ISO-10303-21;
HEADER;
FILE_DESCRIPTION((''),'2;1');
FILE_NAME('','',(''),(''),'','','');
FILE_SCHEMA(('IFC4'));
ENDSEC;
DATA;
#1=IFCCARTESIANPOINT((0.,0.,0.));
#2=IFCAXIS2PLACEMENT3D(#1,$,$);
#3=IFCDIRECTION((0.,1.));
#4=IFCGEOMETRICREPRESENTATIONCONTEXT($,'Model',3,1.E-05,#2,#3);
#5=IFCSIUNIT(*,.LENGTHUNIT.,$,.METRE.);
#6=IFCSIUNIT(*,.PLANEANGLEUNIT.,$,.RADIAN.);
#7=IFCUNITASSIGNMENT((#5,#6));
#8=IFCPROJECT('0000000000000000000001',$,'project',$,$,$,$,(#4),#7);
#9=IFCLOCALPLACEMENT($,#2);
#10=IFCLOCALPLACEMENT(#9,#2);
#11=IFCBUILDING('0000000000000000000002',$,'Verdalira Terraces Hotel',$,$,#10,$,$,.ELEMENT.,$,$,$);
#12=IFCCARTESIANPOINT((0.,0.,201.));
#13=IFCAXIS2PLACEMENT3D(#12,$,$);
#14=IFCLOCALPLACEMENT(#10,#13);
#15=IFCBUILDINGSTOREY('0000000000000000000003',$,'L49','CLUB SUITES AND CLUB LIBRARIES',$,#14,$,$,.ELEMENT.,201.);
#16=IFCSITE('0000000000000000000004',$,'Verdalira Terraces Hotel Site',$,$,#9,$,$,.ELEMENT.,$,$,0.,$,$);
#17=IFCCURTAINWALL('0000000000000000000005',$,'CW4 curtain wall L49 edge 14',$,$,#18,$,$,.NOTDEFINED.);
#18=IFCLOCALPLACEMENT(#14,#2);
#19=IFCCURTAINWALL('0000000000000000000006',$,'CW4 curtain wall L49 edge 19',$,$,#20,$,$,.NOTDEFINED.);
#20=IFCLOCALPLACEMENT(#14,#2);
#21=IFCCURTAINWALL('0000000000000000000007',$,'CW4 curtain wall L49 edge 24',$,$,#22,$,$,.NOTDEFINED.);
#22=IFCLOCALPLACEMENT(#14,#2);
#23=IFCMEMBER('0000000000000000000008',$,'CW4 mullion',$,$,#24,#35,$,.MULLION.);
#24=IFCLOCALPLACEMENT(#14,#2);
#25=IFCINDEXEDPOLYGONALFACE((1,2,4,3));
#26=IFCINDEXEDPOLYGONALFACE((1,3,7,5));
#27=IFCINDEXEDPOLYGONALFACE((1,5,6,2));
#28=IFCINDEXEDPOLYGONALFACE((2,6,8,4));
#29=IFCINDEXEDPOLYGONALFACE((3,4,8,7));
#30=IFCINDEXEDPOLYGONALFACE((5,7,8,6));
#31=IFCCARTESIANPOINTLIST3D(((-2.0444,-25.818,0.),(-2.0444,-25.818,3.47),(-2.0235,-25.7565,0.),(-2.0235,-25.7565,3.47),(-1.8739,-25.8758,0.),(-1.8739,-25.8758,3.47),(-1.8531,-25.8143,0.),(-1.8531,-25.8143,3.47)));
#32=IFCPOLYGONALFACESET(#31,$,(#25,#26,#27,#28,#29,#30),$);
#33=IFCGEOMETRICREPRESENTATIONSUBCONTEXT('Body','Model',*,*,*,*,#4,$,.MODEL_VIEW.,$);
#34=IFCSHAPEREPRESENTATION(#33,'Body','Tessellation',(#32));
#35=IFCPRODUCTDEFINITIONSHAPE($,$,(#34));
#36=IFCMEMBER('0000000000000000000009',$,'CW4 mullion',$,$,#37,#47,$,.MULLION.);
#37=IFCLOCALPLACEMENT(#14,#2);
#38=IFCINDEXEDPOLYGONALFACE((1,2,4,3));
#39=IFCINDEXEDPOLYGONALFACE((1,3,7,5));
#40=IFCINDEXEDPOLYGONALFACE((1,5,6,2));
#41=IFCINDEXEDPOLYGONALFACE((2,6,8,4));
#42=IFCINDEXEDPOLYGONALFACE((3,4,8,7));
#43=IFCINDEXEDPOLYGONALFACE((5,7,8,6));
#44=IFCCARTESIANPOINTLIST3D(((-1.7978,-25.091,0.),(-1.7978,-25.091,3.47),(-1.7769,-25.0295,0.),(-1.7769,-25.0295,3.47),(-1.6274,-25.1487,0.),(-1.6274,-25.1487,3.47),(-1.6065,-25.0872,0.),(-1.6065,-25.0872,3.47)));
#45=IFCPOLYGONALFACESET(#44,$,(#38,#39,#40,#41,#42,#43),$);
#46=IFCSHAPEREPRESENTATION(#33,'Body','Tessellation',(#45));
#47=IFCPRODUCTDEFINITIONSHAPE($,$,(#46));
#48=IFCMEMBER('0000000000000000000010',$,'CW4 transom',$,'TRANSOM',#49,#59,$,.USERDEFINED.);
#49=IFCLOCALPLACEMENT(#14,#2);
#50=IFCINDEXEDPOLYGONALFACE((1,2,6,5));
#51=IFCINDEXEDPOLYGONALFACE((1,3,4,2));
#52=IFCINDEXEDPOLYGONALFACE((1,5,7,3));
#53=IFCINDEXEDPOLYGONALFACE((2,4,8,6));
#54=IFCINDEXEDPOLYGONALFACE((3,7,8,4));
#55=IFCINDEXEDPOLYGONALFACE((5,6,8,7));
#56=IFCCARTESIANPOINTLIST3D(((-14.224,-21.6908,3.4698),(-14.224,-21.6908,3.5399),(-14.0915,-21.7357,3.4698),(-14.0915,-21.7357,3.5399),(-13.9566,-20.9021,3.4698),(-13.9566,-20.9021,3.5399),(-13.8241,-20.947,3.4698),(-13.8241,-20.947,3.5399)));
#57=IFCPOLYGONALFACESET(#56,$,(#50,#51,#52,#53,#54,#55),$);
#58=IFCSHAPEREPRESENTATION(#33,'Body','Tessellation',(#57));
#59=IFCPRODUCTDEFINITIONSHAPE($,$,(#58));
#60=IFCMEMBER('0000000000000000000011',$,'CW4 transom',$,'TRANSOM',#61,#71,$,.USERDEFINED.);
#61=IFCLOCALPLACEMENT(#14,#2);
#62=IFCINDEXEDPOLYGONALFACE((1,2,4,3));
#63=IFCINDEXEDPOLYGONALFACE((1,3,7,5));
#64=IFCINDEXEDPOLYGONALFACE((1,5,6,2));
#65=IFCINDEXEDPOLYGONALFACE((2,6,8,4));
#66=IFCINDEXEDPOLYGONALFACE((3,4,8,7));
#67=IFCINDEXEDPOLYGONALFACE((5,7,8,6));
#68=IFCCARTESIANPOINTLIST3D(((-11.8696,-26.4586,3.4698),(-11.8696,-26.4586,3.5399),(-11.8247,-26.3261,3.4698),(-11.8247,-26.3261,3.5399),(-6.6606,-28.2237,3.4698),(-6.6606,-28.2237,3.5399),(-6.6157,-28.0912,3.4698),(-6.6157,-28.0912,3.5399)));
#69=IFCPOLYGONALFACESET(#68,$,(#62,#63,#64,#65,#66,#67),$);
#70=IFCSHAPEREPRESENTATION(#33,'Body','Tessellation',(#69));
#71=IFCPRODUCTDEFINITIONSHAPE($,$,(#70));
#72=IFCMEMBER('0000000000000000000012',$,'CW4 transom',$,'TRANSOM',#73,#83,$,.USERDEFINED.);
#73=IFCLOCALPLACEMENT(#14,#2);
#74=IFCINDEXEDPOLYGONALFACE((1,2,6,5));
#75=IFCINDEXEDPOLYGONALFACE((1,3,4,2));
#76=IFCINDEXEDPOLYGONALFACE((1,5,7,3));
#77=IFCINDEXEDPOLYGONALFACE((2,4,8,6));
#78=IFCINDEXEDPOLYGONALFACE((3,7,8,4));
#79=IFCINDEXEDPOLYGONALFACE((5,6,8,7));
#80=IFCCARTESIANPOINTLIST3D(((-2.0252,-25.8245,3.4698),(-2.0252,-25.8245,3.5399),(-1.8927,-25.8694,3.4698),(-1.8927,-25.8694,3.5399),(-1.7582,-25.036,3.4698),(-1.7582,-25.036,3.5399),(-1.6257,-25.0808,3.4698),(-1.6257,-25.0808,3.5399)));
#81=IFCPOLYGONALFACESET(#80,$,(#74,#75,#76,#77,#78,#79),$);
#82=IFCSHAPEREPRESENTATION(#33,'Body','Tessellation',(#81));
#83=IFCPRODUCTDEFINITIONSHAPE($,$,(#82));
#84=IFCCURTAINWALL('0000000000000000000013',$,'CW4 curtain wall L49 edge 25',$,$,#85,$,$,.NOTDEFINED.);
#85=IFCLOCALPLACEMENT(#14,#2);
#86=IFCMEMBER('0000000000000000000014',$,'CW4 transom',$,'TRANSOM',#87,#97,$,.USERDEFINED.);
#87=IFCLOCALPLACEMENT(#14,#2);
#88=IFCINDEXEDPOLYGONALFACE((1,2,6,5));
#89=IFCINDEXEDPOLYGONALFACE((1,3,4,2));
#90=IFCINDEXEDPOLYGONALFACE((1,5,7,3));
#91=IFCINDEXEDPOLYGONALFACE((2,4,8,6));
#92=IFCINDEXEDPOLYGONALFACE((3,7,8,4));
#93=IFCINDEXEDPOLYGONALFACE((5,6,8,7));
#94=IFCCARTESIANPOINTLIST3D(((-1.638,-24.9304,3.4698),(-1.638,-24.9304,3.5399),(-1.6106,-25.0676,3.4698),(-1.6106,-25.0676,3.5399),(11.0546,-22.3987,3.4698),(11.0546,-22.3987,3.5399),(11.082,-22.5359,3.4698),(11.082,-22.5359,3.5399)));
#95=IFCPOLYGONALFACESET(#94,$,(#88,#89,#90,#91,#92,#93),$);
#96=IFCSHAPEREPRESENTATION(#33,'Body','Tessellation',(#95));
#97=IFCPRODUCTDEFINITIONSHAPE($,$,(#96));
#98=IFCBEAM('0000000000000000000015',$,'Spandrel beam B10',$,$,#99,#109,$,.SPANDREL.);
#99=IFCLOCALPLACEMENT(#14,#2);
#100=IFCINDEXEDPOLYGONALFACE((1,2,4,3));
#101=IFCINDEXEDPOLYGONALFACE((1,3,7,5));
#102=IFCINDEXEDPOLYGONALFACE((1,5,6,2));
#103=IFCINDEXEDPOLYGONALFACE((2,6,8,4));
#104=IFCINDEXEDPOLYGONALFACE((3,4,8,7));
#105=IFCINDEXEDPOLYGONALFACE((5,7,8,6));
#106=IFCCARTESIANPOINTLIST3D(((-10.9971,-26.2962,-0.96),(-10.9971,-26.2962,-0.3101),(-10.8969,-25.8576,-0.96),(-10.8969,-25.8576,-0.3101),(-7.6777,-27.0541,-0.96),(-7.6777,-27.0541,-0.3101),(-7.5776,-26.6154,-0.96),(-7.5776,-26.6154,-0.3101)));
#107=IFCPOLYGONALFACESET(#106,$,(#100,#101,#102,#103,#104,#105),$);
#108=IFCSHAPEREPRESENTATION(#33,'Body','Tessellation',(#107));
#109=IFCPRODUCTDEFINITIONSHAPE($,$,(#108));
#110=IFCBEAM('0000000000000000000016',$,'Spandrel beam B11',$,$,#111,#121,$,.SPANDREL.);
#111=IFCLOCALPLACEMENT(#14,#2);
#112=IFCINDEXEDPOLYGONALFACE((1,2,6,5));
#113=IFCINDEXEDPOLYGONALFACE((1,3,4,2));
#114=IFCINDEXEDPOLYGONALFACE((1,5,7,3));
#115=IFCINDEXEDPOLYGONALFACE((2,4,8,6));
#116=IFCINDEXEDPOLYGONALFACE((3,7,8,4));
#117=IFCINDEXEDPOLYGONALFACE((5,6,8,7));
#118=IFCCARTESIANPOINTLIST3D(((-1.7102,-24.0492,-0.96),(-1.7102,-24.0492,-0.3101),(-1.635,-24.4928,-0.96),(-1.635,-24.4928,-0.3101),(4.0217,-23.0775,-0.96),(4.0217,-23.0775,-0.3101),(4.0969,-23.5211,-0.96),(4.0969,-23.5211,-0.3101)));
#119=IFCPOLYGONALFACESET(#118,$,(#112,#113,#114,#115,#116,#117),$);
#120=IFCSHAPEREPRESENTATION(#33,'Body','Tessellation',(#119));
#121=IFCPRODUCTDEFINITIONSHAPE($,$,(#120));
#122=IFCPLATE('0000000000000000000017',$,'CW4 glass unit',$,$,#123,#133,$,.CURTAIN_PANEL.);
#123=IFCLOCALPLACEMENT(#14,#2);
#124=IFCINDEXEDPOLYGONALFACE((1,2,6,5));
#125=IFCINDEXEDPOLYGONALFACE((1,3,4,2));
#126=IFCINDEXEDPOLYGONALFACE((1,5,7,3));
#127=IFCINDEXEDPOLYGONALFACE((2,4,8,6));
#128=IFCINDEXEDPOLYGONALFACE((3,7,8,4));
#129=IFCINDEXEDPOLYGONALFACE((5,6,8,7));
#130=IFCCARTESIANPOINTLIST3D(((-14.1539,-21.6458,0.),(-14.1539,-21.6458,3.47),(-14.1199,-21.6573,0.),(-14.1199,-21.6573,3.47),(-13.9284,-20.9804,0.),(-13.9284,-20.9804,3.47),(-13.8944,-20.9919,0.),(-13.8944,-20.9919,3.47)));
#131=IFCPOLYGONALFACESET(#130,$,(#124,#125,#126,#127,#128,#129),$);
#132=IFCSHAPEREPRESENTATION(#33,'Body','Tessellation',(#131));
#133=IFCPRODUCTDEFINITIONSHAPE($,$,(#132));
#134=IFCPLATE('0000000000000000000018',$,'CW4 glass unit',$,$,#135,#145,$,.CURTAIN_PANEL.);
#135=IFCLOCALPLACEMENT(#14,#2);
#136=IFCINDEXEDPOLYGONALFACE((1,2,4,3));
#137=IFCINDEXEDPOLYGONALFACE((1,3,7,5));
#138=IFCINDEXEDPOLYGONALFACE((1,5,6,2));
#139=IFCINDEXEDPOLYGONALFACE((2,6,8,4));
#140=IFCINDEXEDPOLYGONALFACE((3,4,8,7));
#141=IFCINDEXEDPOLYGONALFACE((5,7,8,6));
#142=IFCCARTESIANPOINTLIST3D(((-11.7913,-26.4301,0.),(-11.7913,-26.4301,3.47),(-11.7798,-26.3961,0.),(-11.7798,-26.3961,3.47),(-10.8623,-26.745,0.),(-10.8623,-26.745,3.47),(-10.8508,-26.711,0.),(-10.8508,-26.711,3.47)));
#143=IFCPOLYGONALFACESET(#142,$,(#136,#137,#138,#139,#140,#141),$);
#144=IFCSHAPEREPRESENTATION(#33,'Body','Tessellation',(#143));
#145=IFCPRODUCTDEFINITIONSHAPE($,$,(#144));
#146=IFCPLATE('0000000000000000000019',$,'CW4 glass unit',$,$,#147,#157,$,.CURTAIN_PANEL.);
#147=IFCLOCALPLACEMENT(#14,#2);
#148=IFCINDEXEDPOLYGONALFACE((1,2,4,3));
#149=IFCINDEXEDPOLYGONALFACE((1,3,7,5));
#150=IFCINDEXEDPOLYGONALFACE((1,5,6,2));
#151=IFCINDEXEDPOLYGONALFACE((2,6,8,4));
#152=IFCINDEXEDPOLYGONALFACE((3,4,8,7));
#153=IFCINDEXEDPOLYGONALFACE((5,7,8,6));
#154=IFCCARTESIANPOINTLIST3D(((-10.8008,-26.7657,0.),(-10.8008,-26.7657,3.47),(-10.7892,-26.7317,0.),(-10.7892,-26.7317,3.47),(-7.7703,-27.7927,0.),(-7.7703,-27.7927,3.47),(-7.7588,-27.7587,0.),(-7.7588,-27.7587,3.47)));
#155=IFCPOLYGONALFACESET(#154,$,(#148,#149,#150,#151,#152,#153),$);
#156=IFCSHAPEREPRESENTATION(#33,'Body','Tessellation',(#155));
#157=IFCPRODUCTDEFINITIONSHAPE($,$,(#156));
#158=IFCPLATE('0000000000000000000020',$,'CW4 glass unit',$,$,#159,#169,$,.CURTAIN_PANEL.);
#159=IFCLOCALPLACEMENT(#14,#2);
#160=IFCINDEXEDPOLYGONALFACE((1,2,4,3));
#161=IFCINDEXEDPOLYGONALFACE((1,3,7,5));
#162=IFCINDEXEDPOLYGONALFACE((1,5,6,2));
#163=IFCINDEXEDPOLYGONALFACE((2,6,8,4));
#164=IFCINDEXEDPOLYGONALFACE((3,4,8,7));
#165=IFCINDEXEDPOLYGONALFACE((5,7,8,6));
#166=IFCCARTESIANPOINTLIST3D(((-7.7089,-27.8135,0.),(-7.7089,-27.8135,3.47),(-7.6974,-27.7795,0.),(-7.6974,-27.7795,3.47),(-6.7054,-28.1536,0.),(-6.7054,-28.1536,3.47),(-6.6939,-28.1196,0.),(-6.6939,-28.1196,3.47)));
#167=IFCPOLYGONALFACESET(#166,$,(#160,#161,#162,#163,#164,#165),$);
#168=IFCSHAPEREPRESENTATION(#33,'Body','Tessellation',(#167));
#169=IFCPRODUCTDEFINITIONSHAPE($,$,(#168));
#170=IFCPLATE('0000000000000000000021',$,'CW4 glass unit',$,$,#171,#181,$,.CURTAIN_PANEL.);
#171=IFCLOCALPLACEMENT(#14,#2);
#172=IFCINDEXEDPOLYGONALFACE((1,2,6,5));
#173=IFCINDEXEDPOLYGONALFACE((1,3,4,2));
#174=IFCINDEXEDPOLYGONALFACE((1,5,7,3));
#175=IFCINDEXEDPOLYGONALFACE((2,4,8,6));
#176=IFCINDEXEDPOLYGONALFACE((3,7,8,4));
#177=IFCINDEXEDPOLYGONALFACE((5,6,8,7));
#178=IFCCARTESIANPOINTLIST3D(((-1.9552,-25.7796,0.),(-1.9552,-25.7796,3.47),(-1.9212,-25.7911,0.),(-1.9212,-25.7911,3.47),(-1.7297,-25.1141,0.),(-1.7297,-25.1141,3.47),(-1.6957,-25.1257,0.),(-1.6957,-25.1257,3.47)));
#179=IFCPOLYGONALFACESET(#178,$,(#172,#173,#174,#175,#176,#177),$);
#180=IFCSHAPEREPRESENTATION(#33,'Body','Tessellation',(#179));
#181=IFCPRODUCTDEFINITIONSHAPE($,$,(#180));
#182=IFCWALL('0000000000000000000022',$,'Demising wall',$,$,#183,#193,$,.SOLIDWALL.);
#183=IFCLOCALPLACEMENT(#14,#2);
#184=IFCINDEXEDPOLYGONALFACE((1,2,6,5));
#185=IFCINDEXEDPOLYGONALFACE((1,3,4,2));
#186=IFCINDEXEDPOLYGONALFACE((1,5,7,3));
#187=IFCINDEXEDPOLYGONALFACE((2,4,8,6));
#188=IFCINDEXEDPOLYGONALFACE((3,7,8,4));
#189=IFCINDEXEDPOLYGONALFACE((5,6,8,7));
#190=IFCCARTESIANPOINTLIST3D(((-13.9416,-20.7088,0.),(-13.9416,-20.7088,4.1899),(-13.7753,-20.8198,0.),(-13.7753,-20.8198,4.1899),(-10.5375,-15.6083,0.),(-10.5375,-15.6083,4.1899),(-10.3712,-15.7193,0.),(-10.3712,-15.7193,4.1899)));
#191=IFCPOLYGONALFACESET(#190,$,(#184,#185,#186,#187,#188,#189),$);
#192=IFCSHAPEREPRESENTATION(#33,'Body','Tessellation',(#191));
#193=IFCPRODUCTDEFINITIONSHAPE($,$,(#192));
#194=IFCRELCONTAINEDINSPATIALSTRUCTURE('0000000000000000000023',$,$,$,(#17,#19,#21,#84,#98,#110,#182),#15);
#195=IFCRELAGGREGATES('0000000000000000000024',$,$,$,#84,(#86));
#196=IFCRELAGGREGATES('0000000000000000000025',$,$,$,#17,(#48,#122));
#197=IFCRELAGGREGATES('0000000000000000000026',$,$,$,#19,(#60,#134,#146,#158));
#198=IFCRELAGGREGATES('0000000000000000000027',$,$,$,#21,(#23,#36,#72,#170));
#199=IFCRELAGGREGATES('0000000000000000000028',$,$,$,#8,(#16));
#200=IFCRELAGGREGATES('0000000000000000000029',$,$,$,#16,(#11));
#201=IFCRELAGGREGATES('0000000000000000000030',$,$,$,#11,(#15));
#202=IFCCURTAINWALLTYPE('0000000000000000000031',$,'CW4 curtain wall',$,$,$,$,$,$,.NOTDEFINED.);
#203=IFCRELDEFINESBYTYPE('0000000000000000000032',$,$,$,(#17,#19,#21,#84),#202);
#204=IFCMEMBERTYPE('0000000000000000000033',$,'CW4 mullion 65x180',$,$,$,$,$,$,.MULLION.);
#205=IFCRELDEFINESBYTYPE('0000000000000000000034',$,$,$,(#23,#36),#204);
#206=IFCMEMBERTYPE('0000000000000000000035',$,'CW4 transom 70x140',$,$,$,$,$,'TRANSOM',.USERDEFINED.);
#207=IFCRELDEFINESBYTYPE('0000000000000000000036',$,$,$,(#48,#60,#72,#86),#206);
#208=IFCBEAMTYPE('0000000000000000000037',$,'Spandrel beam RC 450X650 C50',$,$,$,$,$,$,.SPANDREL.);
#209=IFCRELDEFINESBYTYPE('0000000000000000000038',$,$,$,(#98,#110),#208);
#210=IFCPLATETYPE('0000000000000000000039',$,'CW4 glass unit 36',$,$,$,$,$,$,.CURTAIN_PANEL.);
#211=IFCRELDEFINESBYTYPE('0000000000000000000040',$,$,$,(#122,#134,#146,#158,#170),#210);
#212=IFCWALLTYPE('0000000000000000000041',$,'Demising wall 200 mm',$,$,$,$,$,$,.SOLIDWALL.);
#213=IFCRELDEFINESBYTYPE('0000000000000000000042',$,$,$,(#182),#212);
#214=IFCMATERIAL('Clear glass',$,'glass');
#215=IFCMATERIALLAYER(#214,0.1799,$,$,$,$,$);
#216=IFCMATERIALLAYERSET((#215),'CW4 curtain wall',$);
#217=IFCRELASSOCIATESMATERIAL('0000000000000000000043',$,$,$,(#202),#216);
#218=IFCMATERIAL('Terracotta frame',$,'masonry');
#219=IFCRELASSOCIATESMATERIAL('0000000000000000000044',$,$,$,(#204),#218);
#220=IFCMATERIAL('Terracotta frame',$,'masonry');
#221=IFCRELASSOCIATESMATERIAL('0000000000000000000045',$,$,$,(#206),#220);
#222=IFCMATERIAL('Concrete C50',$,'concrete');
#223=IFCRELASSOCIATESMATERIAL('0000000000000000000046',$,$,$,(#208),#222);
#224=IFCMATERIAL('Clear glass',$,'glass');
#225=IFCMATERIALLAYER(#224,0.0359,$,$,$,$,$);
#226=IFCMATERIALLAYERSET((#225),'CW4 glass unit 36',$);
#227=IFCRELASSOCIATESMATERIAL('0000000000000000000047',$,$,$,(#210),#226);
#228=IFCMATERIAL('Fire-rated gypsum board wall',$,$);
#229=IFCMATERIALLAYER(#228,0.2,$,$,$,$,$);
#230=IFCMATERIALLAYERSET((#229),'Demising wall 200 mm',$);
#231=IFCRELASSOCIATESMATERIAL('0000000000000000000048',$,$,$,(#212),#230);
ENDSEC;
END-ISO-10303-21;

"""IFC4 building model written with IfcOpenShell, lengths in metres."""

from ifc_helpers import new_model, si_unit, direction, frame, frame_2d, origin, origin_2d, place, context, subcontext, project, spatial, rectangle, extrude, material, layer, layer_set, material_profile, profile_set, type_object, element, aggregate, save


model = new_model("IFC4")

# Units and contexts
model_context = context("Model", 3, precision=1e-05, world=origin(), true_north=direction((0.0, 1.0)))
body_context = subcontext(model_context, "Body", "Model", "MODEL_VIEW")
ifc_project = project(units=[si_unit("LENGTHUNIT", "METRE"), si_unit("PLANEANGLEUNIT", "RADIAN")], contexts=[model_context])

# Site, building, storey
site_placement = place(None, origin())
site = spatial("IfcSite", under=ifc_project, at=site_placement, Name="Verdalira Terraces Hotel Site", CompositionType="ELEMENT", RefElevation=0.0)
building_placement = place(site_placement, origin())
building = spatial("IfcBuilding", under=site, at=building_placement, Name="Verdalira Terraces Hotel", CompositionType="ELEMENT")
storey_placement = place(building_placement, frame((0.0, 0.0, 201.0)))
storey = spatial("IfcBuildingStorey", under=building, at=storey_placement, Name="L49", Description="CLUB SUITES AND CLUB LIBRARIES", CompositionType="ELEMENT", Elevation=201.0)

# Shared definitions
ifc_material_1 = material(Name="Clear glass", Category="glass")
ifc_layer_1 = layer(ifc_material_1, 0.1799)
ifc_layer_set_1 = layer_set([ifc_layer_1], Name="CW4 curtain wall")
curtain_wall_type = type_object("IfcCurtainWallType", Name="CW4 curtain wall", PredefinedType="NOTDEFINED", material=ifc_layer_set_1)
ifc_material_2 = material(Name="Terracotta frame", Category="masonry")
ifc_material_profile_1 = material_profile(ifc_material_2, rectangle(XDim=0.0649, YDim=0.1799, at=origin_2d()), Name="MU 65x180")
ifc_profile_set_1 = profile_set([ifc_material_profile_1], Name="Terracotta frame")
member_type_1 = type_object("IfcMemberType", Name="CW4 mullion 65x180", PredefinedType="MULLION", material=ifc_profile_set_1)

# Curtain walls, members
curtain_wall_1_placement = place(storey_placement, origin())
curtain_wall_1 = element("IfcCurtainWall", 1, at=curtain_wall_1_placement, inside=storey, type_object=curtain_wall_type, Name="CW4 curtain wall L49 edge 14", PredefinedType="NOTDEFINED")
curtain_wall_2_placement = place(storey_placement, origin())
curtain_wall_2 = element("IfcCurtainWall", 2, at=curtain_wall_2_placement, inside=storey, type_object=curtain_wall_type, Name="CW4 curtain wall L49 edge 19", PredefinedType="NOTDEFINED")
curtain_wall_3_placement = place(storey_placement, origin())
curtain_wall_3 = element("IfcCurtainWall", 3, at=curtain_wall_3_placement, inside=storey, type_object=curtain_wall_type, Name="CW4 curtain wall L49 edge 24", PredefinedType="NOTDEFINED")
member_1_placement = place(storey_placement, frame((-1.9487, -25.8162, 0.0), z_axis=(0.0, 0.0, 1.0), x_axis=(0.320944, 0.947098, 0.0)))
member_1 = element("IfcMember", 4, at=member_1_placement, type_object=member_type_1, Name="CW4 mullion", PredefinedType="MULLION", context=body_context, shape_type="SweptSolid", body=[
    extrude(rectangle(XDim=0.0649, YDim=0.1799, at=origin_2d()), origin(), (0.0, 0.0, 1.0), 3.47),
])
member_2_placement = place(storey_placement, frame((-1.7021, -25.0891, 0.0), z_axis=(0.0, 0.0, 1.0), x_axis=(0.320944, 0.947098, 0.0)))
member_2 = element("IfcMember", 5, at=member_2_placement, type_object=member_type_1, Name="CW4 mullion", PredefinedType="MULLION", context=body_context, shape_type="SweptSolid", body=[
    extrude(rectangle(XDim=0.0649, YDim=0.1799, at=origin_2d()), origin(), (0.0, 0.0, 1.0), 3.47),
])

# Members
ifc_material_3 = material(Name="Terracotta frame", Category="masonry")
ifc_material_profile_2 = material_profile(ifc_material_3, rectangle(XDim=0.1399, YDim=0.0701, at=origin_2d()), Name="TR 70x140")
ifc_profile_set_2 = profile_set([ifc_material_profile_2], Name="Terracotta frame")
member_type_2 = type_object("IfcMemberType", Name="CW4 transom 70x140", ElementType="TRANSOM", PredefinedType="USERDEFINED", material=ifc_profile_set_2)
member_3_placement = place(storey_placement, frame((-13.8904, -20.9246, 3.5049), z_axis=(-0.321062, -0.947058, 0.0), x_axis=(0.947058, -0.321062, 0.0)))
member_3 = element("IfcMember", 6, at=member_3_placement, type_object=member_type_2, Name="CW4 transom", ObjectType="TRANSOM", PredefinedType="USERDEFINED", context=body_context, shape_type="SweptSolid", body=[
    extrude(rectangle(XDim=0.1399, YDim=0.0701, at=origin_2d()), origin(), (0.0, 0.0, 1.0), 0.8328),
])
member_4_placement = place(storey_placement, frame((-11.8472, -26.3923, 3.5049), z_axis=(0.9471, -0.320938, 0.0), x_axis=(0.320938, 0.9471, 0.0)))
member_4 = element("IfcMember", 7, at=member_4_placement, type_object=member_type_2, Name="CW4 transom", ObjectType="TRANSOM", PredefinedType="USERDEFINED", context=body_context, shape_type="SweptSolid", body=[
    extrude(rectangle(XDim=0.1399, YDim=0.0701, at=origin_2d()), origin(), (0.0, 0.0, 1.0), 5.5),
])
member_5_placement = place(storey_placement, frame((-1.959, -25.8469, 3.5049), z_axis=(0.320799, 0.947147, 0.0), x_axis=(-0.947147, 0.320799, 0.0)))
member_5 = element("IfcMember", 8, at=member_5_placement, type_object=member_type_2, Name="CW4 transom", ObjectType="TRANSOM", PredefinedType="USERDEFINED", context=body_context, shape_type="SweptSolid", body=[
    extrude(rectangle(XDim=0.1399, YDim=0.0701, at=origin_2d()), origin(), (0.0, 0.0, 1.0), 0.8325),
])

# Curtain wall, member
curtain_wall_4_placement = place(storey_placement, origin())
curtain_wall_4 = element("IfcCurtainWall", 9, at=curtain_wall_4_placement, inside=storey, type_object=curtain_wall_type, Name="CW4 curtain wall L49 edge 25", PredefinedType="NOTDEFINED")
member_6_placement = place(storey_placement, frame((-1.6243, -24.999, 3.5049), z_axis=(0.980681, 0.195612, 0.0), x_axis=(-0.195612, 0.980681, 0.0)))
member_6 = element("IfcMember", 10, at=member_6_placement, type_object=member_type_2, Name="CW4 transom", ObjectType="TRANSOM", PredefinedType="USERDEFINED", context=body_context, shape_type="SweptSolid", body=[
    extrude(rectangle(XDim=0.1399, YDim=0.0701, at=origin_2d()), origin(), (0.0, 0.0, 1.0), 12.9426),
])
aggregate(curtain_wall_4, [member_6])

# Beams
ifc_material_4 = material(Name="Concrete C50", Category="concrete")
ifc_material_profile_3 = material_profile(ifc_material_4, rectangle(XDim=0.45, YDim=0.6499, at=origin_2d()), Name="RC 450X650")
ifc_profile_set_3 = profile_set([ifc_material_profile_3], Name="Concrete C50")
beam_type = type_object("IfcBeamType", Name="Spandrel beam RC 450X650 C50", PredefinedType="SPANDREL", material=ifc_profile_set_3)
beam_1_placement = place(storey_placement, frame((-10.947, -26.0769, -0.635), z_axis=(0.974915, -0.222576, 0.0), x_axis=(0.222576, 0.974915, 0.0)))
element("IfcBeam", 11, at=beam_1_placement, inside=storey, type_object=beam_type, Name="Spandrel beam B10", PredefinedType="SPANDREL", context=body_context, shape_type="SweptSolid", body=[
    extrude(rectangle(XDim=0.45, YDim=0.6499, at=origin_2d()), origin(), (0.0, 0.0, 1.0), 3.4048),
])
beam_2_placement = place(storey_placement, frame((-1.6726, -24.271, -0.635), z_axis=(0.985934, 0.167136, 0.0), x_axis=(-0.167136, 0.985934, 0.0)))
element("IfcBeam", 12, at=beam_2_placement, inside=storey, type_object=beam_type, Name="Spandrel beam B11", PredefinedType="SPANDREL", context=body_context, shape_type="SweptSolid", body=[
    extrude(rectangle(XDim=0.45, YDim=0.6499, at=origin_2d()), origin(), (0.0, 0.0, 1.0), 5.8137),
])

# Plates
ifc_material_5 = material(Name="Clear glass", Category="glass")
ifc_layer_2 = layer(ifc_material_5, 0.0359)
ifc_layer_set_2 = layer_set([ifc_layer_2], Name="CW4 glass unit 36")
plate_type = type_object("IfcPlateType", Name="CW4 glass unit 36", PredefinedType="CURTAIN_PANEL", material=ifc_layer_set_2)
plate_1_placement = place(storey_placement, frame((-14.0242, -21.3188, 0.0), z_axis=(0.0, 0.0, 1.0), x_axis=(-0.320944, -0.947098, 0.0)))
plate_1 = element("IfcPlate", 13, at=plate_1_placement, type_object=plate_type, Name="CW4 glass unit", PredefinedType="CURTAIN_PANEL", context=body_context, shape_type="SweptSolid", body=[
    extrude(rectangle(XDim=0.7026, YDim=0.0359, at=origin_2d()), origin(), (0.0, 0.0, 1.0), 3.47),
])
aggregate(curtain_wall_1, [member_3, plate_1])
plate_2_placement = place(storey_placement, frame((-11.321, -26.5706, 0.0), z_axis=(0.0, 0.0, 1.0), x_axis=(0.947098, -0.320944, 0.0)))
plate_2 = element("IfcPlate", 14, at=plate_2_placement, type_object=plate_type, Name="CW4 glass unit", PredefinedType="CURTAIN_PANEL", context=body_context, shape_type="SweptSolid", body=[
    extrude(rectangle(XDim=0.981, YDim=0.0359, at=origin_2d()), origin(), (0.0, 0.0, 1.0), 3.47),
])
plate_3_placement = place(storey_placement, frame((-9.2798, -27.2622, 0.0), z_axis=(0.0, 0.0, 1.0), x_axis=(0.947098, -0.320944, 0.0)))
plate_3 = element("IfcPlate", 15, at=plate_3_placement, type_object=plate_type, Name="CW4 glass unit", PredefinedType="CURTAIN_PANEL", context=body_context, shape_type="SweptSolid", body=[
    extrude(rectangle(XDim=3.1997, YDim=0.0359, at=origin_2d()), origin(), (0.0, 0.0, 1.0), 3.47),
])
plate_4_placement = place(storey_placement, frame((-7.2014, -27.9666, 0.0), z_axis=(0.0, 0.0, 1.0), x_axis=(0.947098, -0.320944, 0.0)))
plate_4 = element("IfcPlate", 16, at=plate_4_placement, type_object=plate_type, Name="CW4 glass unit", PredefinedType="CURTAIN_PANEL", context=body_context, shape_type="SweptSolid", body=[
    extrude(rectangle(XDim=1.0596, YDim=0.0359, at=origin_2d()), origin(), (0.0, 0.0, 1.0), 3.47),
])
aggregate(curtain_wall_2, [member_4, plate_2, plate_3, plate_4])
plate_5_placement = place(storey_placement, frame((-1.8254, -25.4526, 0.0), z_axis=(0.0, 0.0, 1.0), x_axis=(0.320944, 0.947098, 0.0)))
plate_5 = element("IfcPlate", 17, at=plate_5_placement, type_object=plate_type, Name="CW4 glass unit", PredefinedType="CURTAIN_PANEL", context=body_context, shape_type="SweptSolid", body=[
    extrude(rectangle(XDim=0.7026, YDim=0.0359, at=origin_2d()), origin(), (0.0, 0.0, 1.0), 3.47),
])
aggregate(curtain_wall_3, [member_1, member_2, member_5, plate_5])

# Wall
ifc_material_6 = material(Name="Fire-rated gypsum board wall")
ifc_layer_3 = layer(ifc_material_6, 0.2)
ifc_layer_set_3 = layer_set([ifc_layer_3], Name="Demising wall 200 mm")
wall_type_1 = type_object("IfcWallType", Name="Demising wall 200 mm", PredefinedType="SOLIDWALL", material=ifc_layer_set_3)
wall_1_placement = place(storey_placement, frame((-13.8584, -20.7642, 0.0), z_axis=(0.0, 0.0, 1.0), x_axis=(0.555132, 0.831762, 0.0)))
element("IfcWall", 18, at=wall_1_placement, inside=storey, type_object=wall_type_1, Name="Demising wall", PredefinedType="SOLIDWALL", context=body_context, shape_type="SweptSolid", body=[
    extrude(rectangle(XDim=6.1321, YDim=0.2, at=frame_2d((3.0659, 0.0))), origin(), (0.0, 0.0, 1.0), 4.1899),
])

save(model, "model.ifc")
